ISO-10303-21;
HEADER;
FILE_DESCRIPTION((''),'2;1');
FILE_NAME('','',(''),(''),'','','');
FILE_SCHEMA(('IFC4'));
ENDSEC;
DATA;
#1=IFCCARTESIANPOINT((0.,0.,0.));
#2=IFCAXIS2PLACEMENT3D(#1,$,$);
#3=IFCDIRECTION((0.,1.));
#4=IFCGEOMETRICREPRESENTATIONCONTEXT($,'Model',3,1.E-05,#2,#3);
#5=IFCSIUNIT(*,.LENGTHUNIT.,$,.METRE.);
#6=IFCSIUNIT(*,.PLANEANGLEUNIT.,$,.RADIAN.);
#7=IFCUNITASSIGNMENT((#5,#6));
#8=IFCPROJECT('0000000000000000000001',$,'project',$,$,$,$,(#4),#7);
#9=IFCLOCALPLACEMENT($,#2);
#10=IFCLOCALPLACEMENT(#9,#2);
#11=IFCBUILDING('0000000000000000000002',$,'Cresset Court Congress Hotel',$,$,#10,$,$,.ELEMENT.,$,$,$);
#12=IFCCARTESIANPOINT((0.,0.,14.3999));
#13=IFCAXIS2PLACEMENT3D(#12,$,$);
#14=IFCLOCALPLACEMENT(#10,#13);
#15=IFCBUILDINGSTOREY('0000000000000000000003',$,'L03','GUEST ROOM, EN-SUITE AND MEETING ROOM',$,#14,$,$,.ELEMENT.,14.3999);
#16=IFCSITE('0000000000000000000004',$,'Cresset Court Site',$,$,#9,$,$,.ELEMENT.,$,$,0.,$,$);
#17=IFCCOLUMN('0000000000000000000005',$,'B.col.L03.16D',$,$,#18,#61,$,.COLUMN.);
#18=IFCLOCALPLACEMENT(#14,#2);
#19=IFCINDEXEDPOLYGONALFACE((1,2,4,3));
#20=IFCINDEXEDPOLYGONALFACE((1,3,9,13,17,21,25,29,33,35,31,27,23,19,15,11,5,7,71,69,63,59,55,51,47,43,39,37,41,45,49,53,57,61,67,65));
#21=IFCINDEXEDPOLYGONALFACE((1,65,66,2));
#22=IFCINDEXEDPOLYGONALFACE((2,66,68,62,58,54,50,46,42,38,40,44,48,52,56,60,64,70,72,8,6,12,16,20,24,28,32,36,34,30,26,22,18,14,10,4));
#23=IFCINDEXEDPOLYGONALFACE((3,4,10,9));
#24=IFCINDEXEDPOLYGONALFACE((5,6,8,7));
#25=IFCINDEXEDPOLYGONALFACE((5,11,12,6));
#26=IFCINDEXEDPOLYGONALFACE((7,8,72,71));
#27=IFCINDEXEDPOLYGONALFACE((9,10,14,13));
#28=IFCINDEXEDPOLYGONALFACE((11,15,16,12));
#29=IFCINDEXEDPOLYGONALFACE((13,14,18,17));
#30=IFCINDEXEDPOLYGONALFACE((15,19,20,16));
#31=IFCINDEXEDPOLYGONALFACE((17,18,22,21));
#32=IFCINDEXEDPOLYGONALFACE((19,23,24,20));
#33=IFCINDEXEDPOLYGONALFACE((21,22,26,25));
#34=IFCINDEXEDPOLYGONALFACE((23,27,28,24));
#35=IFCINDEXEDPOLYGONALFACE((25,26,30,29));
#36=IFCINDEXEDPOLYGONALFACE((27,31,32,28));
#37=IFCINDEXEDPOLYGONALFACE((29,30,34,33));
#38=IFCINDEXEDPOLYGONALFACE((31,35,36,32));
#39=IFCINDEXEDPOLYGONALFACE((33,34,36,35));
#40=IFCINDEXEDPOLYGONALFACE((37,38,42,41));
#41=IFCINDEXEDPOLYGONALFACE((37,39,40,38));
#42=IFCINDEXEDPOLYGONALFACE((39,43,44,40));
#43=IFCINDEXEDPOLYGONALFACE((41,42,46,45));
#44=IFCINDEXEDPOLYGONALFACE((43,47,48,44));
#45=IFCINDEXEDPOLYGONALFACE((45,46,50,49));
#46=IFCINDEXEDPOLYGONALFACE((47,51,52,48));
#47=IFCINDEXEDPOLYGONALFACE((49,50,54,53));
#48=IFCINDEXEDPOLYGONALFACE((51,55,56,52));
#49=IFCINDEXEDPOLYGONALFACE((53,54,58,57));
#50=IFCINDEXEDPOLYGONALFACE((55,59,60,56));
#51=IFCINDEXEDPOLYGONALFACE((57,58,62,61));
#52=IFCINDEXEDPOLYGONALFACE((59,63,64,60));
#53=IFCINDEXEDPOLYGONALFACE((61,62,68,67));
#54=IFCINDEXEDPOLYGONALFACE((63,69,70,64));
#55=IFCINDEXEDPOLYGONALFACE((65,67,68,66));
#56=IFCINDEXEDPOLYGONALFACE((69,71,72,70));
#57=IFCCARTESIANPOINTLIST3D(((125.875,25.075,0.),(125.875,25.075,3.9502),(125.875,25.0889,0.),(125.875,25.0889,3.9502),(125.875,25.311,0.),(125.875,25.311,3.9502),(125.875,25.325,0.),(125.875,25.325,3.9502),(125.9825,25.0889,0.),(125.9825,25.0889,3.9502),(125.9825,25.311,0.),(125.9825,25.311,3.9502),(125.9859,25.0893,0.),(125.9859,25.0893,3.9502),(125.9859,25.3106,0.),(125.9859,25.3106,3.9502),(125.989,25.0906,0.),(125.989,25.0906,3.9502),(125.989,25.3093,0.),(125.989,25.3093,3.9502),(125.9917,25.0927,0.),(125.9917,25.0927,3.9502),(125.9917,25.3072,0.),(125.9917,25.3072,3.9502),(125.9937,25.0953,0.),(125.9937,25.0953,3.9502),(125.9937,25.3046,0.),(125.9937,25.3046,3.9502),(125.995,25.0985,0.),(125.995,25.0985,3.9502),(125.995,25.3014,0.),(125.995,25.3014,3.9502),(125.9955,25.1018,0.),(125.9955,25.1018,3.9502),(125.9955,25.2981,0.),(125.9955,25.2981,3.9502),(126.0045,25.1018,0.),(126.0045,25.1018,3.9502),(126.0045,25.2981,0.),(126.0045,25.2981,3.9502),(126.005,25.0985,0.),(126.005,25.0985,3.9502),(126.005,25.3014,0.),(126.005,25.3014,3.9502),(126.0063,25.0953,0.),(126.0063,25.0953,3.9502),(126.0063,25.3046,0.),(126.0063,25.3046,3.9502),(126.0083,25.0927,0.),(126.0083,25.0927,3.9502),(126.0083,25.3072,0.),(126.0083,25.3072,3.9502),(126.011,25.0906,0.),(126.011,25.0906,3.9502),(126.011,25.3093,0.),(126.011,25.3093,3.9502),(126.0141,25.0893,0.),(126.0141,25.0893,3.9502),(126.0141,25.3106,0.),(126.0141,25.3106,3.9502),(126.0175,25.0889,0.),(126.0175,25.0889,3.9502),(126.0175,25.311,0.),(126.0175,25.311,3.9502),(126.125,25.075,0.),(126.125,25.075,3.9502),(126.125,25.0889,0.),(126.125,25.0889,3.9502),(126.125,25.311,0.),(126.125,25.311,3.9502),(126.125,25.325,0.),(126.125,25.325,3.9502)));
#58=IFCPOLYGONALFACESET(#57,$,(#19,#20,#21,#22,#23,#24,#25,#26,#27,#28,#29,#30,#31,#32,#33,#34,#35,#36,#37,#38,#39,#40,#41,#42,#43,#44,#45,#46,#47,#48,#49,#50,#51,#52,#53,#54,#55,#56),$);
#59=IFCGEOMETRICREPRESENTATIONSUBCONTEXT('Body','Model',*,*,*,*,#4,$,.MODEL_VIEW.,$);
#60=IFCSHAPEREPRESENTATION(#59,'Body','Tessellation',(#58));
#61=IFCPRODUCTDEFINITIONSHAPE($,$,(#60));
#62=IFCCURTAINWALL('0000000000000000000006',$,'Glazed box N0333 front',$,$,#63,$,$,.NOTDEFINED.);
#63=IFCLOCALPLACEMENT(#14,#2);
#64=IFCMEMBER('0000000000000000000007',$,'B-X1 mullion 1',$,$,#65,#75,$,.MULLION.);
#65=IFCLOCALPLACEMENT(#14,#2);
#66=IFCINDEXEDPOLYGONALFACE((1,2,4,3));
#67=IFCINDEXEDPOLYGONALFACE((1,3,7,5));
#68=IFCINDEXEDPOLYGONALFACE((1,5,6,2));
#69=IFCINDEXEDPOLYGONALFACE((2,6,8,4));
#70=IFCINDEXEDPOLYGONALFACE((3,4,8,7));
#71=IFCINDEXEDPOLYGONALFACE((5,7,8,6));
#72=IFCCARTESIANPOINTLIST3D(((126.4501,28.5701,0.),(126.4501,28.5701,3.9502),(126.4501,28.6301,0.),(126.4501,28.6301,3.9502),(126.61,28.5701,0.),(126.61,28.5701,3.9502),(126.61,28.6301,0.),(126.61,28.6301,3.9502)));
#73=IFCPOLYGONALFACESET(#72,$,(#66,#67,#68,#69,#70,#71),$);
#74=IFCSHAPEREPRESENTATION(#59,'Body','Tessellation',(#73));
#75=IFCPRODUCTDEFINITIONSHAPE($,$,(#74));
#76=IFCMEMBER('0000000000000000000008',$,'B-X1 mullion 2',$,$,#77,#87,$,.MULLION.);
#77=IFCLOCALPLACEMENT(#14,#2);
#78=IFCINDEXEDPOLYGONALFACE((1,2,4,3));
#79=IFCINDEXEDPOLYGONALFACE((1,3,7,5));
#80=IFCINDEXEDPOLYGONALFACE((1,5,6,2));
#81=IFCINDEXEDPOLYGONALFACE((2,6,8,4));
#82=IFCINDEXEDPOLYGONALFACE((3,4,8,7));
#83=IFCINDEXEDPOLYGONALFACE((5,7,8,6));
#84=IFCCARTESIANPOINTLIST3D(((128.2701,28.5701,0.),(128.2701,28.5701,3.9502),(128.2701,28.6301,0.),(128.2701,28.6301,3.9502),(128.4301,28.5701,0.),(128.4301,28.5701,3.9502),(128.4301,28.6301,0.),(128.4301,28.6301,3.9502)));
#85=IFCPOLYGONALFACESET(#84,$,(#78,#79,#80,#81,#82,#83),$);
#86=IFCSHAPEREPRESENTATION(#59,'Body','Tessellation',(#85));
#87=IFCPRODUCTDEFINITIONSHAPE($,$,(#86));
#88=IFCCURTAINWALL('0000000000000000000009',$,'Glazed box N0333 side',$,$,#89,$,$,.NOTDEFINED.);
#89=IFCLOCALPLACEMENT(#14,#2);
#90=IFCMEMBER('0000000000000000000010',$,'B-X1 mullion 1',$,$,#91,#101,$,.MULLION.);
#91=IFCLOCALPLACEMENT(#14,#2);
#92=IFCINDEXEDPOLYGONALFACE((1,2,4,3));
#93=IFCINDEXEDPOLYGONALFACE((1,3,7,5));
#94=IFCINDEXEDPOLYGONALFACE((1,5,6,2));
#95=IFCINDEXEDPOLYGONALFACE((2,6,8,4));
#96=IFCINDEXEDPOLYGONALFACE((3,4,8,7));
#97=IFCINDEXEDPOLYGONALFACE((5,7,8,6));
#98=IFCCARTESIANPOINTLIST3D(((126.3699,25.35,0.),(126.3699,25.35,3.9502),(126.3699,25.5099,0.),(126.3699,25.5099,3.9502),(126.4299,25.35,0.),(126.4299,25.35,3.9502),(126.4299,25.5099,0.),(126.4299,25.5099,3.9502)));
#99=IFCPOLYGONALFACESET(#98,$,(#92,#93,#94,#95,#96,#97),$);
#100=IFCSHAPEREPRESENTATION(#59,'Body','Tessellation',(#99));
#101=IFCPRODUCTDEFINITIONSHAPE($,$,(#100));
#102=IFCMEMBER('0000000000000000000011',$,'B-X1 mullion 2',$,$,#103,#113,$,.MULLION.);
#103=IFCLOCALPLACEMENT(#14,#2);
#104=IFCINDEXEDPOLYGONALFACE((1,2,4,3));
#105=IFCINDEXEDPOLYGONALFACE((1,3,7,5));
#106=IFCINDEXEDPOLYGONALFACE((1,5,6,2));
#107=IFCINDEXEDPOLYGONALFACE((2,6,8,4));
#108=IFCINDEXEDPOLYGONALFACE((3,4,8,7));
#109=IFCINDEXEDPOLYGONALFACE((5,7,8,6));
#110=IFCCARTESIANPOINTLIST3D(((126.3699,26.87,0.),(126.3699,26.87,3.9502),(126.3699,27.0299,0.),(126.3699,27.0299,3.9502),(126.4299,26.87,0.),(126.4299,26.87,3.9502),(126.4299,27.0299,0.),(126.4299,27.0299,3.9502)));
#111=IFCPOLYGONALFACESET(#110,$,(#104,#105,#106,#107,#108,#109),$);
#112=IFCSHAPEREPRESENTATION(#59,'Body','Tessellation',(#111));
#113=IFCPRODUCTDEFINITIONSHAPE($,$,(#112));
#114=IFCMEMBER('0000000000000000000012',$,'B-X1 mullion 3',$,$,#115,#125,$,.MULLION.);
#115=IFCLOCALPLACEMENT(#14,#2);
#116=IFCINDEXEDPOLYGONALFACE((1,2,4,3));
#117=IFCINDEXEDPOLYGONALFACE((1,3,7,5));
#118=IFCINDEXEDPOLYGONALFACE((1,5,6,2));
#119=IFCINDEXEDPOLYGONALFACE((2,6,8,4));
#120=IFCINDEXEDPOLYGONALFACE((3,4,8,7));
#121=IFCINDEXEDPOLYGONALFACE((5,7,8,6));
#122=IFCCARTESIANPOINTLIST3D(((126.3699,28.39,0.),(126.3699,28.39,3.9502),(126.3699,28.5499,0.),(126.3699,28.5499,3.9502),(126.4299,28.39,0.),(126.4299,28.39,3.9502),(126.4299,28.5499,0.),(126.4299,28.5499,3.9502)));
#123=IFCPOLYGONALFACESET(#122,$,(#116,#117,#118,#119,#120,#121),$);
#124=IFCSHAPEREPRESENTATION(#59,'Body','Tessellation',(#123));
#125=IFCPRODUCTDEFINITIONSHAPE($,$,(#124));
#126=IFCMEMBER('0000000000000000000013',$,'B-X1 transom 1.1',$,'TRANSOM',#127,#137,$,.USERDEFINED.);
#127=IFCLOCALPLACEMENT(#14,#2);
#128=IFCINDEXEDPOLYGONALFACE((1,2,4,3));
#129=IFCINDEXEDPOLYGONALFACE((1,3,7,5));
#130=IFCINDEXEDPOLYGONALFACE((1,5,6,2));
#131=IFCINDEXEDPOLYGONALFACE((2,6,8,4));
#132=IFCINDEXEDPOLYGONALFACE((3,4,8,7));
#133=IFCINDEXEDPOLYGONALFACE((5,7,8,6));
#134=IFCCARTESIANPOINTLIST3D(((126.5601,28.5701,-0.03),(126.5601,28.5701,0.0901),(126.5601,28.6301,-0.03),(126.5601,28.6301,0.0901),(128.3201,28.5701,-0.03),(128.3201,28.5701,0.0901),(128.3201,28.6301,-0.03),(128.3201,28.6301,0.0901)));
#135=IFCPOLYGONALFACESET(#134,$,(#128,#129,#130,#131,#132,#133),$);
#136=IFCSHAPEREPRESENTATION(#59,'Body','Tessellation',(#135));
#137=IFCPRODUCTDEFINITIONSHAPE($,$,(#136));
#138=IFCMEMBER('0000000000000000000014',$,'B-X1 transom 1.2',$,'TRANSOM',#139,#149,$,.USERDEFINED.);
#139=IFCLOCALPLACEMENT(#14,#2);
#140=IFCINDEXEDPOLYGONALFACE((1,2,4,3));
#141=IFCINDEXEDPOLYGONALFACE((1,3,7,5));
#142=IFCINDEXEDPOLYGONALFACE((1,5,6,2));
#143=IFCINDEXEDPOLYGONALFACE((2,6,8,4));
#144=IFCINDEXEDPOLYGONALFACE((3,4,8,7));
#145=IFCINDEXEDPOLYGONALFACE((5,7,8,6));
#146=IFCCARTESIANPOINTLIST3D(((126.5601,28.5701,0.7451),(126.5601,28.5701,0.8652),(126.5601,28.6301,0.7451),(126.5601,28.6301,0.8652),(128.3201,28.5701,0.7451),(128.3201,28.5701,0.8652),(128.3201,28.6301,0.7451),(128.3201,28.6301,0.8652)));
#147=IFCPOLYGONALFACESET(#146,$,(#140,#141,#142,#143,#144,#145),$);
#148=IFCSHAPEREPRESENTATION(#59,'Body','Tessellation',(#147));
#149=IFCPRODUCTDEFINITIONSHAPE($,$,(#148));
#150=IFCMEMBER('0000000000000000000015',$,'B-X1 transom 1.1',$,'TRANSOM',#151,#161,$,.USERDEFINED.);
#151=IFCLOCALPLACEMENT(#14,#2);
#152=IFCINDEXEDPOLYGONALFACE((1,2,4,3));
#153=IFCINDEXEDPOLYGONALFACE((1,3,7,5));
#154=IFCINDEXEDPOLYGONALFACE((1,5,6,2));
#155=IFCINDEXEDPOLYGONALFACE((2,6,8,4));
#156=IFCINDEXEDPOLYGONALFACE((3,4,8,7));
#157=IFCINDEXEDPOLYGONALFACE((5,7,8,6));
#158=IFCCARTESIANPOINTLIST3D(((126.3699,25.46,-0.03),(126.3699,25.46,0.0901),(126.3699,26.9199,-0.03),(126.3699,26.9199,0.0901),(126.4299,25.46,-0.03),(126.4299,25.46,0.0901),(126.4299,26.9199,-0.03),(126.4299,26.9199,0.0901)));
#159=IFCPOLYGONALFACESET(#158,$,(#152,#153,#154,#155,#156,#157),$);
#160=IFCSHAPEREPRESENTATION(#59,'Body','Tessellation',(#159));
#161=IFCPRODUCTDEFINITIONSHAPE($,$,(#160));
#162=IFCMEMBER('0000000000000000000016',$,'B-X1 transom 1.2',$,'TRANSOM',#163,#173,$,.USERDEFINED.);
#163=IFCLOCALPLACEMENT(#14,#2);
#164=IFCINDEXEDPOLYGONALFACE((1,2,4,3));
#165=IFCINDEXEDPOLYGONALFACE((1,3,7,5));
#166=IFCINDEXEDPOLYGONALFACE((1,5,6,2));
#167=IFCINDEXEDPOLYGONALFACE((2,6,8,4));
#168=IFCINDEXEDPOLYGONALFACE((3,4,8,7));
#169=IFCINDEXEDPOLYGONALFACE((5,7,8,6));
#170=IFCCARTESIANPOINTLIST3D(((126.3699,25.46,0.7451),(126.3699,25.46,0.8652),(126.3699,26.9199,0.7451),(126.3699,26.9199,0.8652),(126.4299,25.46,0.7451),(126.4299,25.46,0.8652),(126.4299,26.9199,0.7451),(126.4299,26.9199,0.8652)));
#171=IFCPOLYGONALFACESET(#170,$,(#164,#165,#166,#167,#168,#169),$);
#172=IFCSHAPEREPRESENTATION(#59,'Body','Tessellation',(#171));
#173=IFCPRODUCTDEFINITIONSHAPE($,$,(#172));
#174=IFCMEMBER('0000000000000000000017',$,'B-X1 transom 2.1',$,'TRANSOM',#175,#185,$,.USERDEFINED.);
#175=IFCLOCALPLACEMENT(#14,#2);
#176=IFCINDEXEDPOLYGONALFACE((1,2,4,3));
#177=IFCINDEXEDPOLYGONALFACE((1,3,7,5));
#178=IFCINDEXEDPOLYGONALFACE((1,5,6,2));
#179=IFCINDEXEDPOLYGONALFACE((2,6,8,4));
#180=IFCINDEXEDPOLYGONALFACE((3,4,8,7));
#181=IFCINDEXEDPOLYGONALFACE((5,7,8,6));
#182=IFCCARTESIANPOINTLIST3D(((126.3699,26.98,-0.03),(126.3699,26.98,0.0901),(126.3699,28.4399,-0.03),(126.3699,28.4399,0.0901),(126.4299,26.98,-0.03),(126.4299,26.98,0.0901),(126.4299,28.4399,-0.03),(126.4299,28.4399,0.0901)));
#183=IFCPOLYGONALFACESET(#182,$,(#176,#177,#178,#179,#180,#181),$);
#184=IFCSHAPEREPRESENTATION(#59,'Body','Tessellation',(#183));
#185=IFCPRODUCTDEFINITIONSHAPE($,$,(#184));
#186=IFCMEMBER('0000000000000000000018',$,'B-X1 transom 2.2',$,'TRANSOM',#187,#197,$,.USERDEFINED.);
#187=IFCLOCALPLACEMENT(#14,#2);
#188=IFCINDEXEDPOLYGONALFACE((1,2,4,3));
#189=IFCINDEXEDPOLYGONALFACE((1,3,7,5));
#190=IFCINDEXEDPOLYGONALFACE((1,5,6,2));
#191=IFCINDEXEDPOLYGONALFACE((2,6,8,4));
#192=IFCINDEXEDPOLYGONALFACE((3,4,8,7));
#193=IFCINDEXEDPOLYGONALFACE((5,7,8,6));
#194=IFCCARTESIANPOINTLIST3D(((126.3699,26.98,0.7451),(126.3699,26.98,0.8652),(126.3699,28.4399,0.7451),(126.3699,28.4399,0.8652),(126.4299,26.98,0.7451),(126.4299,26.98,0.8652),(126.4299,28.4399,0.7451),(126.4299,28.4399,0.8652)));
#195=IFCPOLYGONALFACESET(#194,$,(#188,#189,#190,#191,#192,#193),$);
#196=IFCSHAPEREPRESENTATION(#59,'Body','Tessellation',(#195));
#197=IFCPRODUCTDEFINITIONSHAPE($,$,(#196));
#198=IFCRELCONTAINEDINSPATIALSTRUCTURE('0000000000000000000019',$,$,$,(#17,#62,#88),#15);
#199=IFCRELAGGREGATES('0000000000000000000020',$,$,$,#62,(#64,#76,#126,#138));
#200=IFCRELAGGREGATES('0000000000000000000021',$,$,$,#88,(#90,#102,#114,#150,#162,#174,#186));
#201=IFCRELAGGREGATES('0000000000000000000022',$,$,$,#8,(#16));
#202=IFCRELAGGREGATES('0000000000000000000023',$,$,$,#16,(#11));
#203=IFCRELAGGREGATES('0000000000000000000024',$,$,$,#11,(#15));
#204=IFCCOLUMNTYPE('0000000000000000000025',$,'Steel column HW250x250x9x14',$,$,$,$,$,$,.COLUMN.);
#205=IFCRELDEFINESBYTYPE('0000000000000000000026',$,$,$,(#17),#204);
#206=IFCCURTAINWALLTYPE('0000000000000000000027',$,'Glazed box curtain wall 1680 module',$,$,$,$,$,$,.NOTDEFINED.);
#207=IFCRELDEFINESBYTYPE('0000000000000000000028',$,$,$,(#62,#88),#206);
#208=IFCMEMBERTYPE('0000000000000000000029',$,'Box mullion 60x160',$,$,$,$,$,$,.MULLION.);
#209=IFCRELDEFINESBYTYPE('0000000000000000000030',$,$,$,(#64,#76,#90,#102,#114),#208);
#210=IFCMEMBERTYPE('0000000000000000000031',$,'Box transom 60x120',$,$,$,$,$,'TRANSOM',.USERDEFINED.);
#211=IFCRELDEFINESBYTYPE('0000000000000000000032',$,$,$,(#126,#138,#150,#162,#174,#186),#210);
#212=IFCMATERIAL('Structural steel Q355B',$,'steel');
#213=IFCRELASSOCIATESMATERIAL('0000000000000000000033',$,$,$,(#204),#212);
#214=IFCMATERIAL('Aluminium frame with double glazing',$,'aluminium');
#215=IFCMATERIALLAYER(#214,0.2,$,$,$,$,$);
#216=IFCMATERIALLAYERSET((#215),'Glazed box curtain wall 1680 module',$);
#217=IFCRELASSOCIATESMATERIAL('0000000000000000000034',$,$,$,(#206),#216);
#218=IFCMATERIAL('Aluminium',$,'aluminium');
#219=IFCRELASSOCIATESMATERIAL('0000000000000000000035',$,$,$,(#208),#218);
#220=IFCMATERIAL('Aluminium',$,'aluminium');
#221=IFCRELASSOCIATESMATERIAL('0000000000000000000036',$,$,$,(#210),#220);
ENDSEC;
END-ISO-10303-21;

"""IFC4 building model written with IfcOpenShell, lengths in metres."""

from ifc_helpers import new_model, si_unit, direction, frame, origin, origin_2d, place, context, subcontext, project, spatial, rectangle, i_section, extrude, material, layer, layer_set, material_profile, profile_set, type_object, element, aggregate, save


model = new_model("IFC4")

# Units and contexts
model_context = context("Model", 3, precision=1e-05, world=origin(), true_north=direction((0.0, 1.0)))
body_context = subcontext(model_context, "Body", "Model", "MODEL_VIEW")
ifc_project = project(units=[si_unit("LENGTHUNIT", "METRE"), si_unit("PLANEANGLEUNIT", "RADIAN")], contexts=[model_context])

# Site, building, storey
site_placement = place(None, origin())
site = spatial("IfcSite", under=ifc_project, at=site_placement, Name="Cresset Court Site", CompositionType="ELEMENT", RefElevation=0.0)
building_placement = place(site_placement, origin())
building = spatial("IfcBuilding", under=site, at=building_placement, Name="Cresset Court Congress Hotel", CompositionType="ELEMENT")
storey_placement = place(building_placement, frame((0.0, 0.0, 14.3999)))
storey = spatial("IfcBuildingStorey", under=building, at=storey_placement, Name="L03", Description="GUEST ROOM, EN-SUITE AND MEETING ROOM", CompositionType="ELEMENT", Elevation=14.3999)

# Column
ifc_material_1 = material(Name="Structural steel Q355B", Category="steel")
ifc_material_profile_1 = material_profile(ifc_material_1, i_section(OverallWidth=0.25, OverallDepth=0.25, WebThickness=0.009, FlangeThickness=0.0139, FilletRadius=0.0129, at=origin_2d()), Name="HW250x250x9x14")
ifc_profile_set_1 = profile_set([ifc_material_profile_1], Name="Structural steel Q355B")
column_type = type_object("IfcColumnType", Name="Steel column HW250x250x9x14", PredefinedType="COLUMN", material=ifc_profile_set_1)
column_placement = place(storey_placement, frame((126.0, 25.2, 0.0), z_axis=(0.0, 0.0, 1.0), x_axis=(1.0, 0.0, 0.0)))
element("IfcColumn", 1, at=column_placement, inside=storey, type_object=column_type, Name="B.col.L03.16D", PredefinedType="COLUMN", context=body_context, shape_type="SweptSolid", body=[
    extrude(i_section(OverallWidth=0.25, OverallDepth=0.25, WebThickness=0.009, FlangeThickness=0.0139, FilletRadius=0.0129, at=origin_2d()), origin(), (0.0, 0.0, 1.0), 3.9502),
])

# Curtain walls, members
ifc_material_2 = material(Name="Aluminium frame with double glazing", Category="aluminium")
ifc_layer_1 = layer(ifc_material_2, 0.2)
ifc_layer_set_1 = layer_set([ifc_layer_1], Name="Glazed box curtain wall 1680 module")
curtain_wall_type = type_object("IfcCurtainWallType", Name="Glazed box curtain wall 1680 module", PredefinedType="NOTDEFINED", material=ifc_layer_set_1)
curtain_wall_1_placement = place(storey_placement, origin())
curtain_wall_1 = element("IfcCurtainWall", 2, at=curtain_wall_1_placement, inside=storey, type_object=curtain_wall_type, Name="Glazed box N0333 front", PredefinedType="NOTDEFINED")
ifc_material_3 = material(Name="Aluminium", Category="aluminium")
ifc_material_profile_2 = material_profile(ifc_material_3, rectangle(XDim=0.0601, YDim=0.1599, at=origin_2d()), Name="Box mullion 60x160")
ifc_profile_set_2 = profile_set([ifc_material_profile_2], Name="Aluminium")
member_type_1 = type_object("IfcMemberType", Name="Box mullion 60x160", PredefinedType="MULLION", material=ifc_profile_set_2)
member_1_placement = place(storey_placement, frame((126.53, 28.6001, 0.0), z_axis=(0.0, 0.0, 1.0), x_axis=(0.0, 1.0, 0.0)))
member_1 = element("IfcMember", 3, at=member_1_placement, type_object=member_type_1, Name="B-X1 mullion 1", PredefinedType="MULLION", context=body_context, shape_type="SweptSolid", body=[
    extrude(rectangle(XDim=0.0601, YDim=0.1599, at=origin_2d()), origin(), (0.0, 0.0, 1.0), 3.9502),
])
member_2_placement = place(storey_placement, frame((128.3501, 28.6001, 0.0), z_axis=(0.0, 0.0, 1.0), x_axis=(0.0, 1.0, 0.0)))
member_2 = element("IfcMember", 4, at=member_2_placement, type_object=member_type_1, Name="B-X1 mullion 2", PredefinedType="MULLION", context=body_context, shape_type="SweptSolid", body=[
    extrude(rectangle(XDim=0.0601, YDim=0.1599, at=origin_2d()), origin(), (0.0, 0.0, 1.0), 3.9502),
])
curtain_wall_2_placement = place(storey_placement, origin())
curtain_wall_2 = element("IfcCurtainWall", 5, at=curtain_wall_2_placement, inside=storey, type_object=curtain_wall_type, Name="Glazed box N0333 side", PredefinedType="NOTDEFINED")
member_3_placement = place(storey_placement, frame((126.3999, 25.4299, 0.0), z_axis=(0.0, 0.0, 1.0), x_axis=(-1.0, 0.0, 0.0)))
member_3 = element("IfcMember", 6, at=member_3_placement, type_object=member_type_1, Name="B-X1 mullion 1", PredefinedType="MULLION", context=body_context, shape_type="SweptSolid", body=[
    extrude(rectangle(XDim=0.0601, YDim=0.1599, at=origin_2d()), origin(), (0.0, 0.0, 1.0), 3.9502),
])
member_4_placement = place(storey_placement, frame((126.3999, 26.95, 0.0), z_axis=(0.0, 0.0, 1.0), x_axis=(-1.0, 0.0, 0.0)))
member_4 = element("IfcMember", 7, at=member_4_placement, type_object=member_type_1, Name="B-X1 mullion 2", PredefinedType="MULLION", context=body_context, shape_type="SweptSolid", body=[
    extrude(rectangle(XDim=0.0601, YDim=0.1599, at=origin_2d()), origin(), (0.0, 0.0, 1.0), 3.9502),
])
member_5_placement = place(storey_placement, frame((126.3999, 28.47, 0.0), z_axis=(0.0, 0.0, 1.0), x_axis=(-1.0, 0.0, 0.0)))
member_5 = element("IfcMember", 8, at=member_5_placement, type_object=member_type_1, Name="B-X1 mullion 3", PredefinedType="MULLION", context=body_context, shape_type="SweptSolid", body=[
    extrude(rectangle(XDim=0.0601, YDim=0.1599, at=origin_2d()), origin(), (0.0, 0.0, 1.0), 3.9502),
])

# Members
ifc_material_4 = material(Name="Aluminium", Category="aluminium")
ifc_material_profile_3 = material_profile(ifc_material_4, rectangle(XDim=0.0601, YDim=0.1201, at=origin_2d()), Name="Box transom 60x120")
ifc_profile_set_3 = profile_set([ifc_material_profile_3], Name="Aluminium")
member_type_2 = type_object("IfcMemberType", Name="Box transom 60x120", ElementType="TRANSOM", PredefinedType="USERDEFINED", material=ifc_profile_set_3)
member_6_placement = place(storey_placement, frame((126.5601, 28.6001, 0.03), z_axis=(1.0, 0.0, 0.0), x_axis=(0.0, 1.0, 0.0)))
member_6 = element("IfcMember", 9, at=member_6_placement, type_object=member_type_2, Name="B-X1 transom 1.1", ObjectType="TRANSOM", PredefinedType="USERDEFINED", context=body_context, shape_type="SweptSolid", body=[
    extrude(rectangle(XDim=0.0601, YDim=0.1201, at=origin_2d()), origin(), (0.0, 0.0, 1.0), 1.76),
])
member_7_placement = place(storey_placement, frame((126.5601, 28.6001, 0.8052), z_axis=(1.0, 0.0, 0.0), x_axis=(0.0, 1.0, 0.0)))
member_7 = element("IfcMember", 10, at=member_7_placement, type_object=member_type_2, Name="B-X1 transom 1.2", ObjectType="TRANSOM", PredefinedType="USERDEFINED", context=body_context, shape_type="SweptSolid", body=[
    extrude(rectangle(XDim=0.0601, YDim=0.1201, at=origin_2d()), origin(), (0.0, 0.0, 1.0), 1.76),
])
member_8_placement = place(storey_placement, frame((126.3999, 25.46, 0.03), z_axis=(0.0, 1.0, 0.0), x_axis=(-1.0, 0.0, 0.0)))
member_8 = element("IfcMember", 11, at=member_8_placement, type_object=member_type_2, Name="B-X1 transom 1.1", ObjectType="TRANSOM", PredefinedType="USERDEFINED", context=body_context, shape_type="SweptSolid", body=[
    extrude(rectangle(XDim=0.0601, YDim=0.1201, at=origin_2d()), origin(), (0.0, 0.0, 1.0), 1.46),
])
member_9_placement = place(storey_placement, frame((126.3999, 25.46, 0.8052), z_axis=(0.0, 1.0, 0.0), x_axis=(-1.0, 0.0, 0.0)))
member_9 = element("IfcMember", 12, at=member_9_placement, type_object=member_type_2, Name="B-X1 transom 1.2", ObjectType="TRANSOM", PredefinedType="USERDEFINED", context=body_context, shape_type="SweptSolid", body=[
    extrude(rectangle(XDim=0.0601, YDim=0.1201, at=origin_2d()), origin(), (0.0, 0.0, 1.0), 1.46),
])
member_10_placement = place(storey_placement, frame((126.3999, 26.98, 0.03), z_axis=(0.0, 1.0, 0.0), x_axis=(-1.0, 0.0, 0.0)))
member_10 = element("IfcMember", 13, at=member_10_placement, type_object=member_type_2, Name="B-X1 transom 2.1", ObjectType="TRANSOM", PredefinedType="USERDEFINED", context=body_context, shape_type="SweptSolid", body=[
    extrude(rectangle(XDim=0.0601, YDim=0.1201, at=origin_2d()), origin(), (0.0, 0.0, 1.0), 1.46),
])
member_11_placement = place(storey_placement, frame((126.3999, 26.98, 0.8052), z_axis=(0.0, 1.0, 0.0), x_axis=(-1.0, 0.0, 0.0)))
member_11 = element("IfcMember", 14, at=member_11_placement, type_object=member_type_2, Name="B-X1 transom 2.2", ObjectType="TRANSOM", PredefinedType="USERDEFINED", context=body_context, shape_type="SweptSolid", body=[
    extrude(rectangle(XDim=0.0601, YDim=0.1201, at=origin_2d()), origin(), (0.0, 0.0, 1.0), 1.46),
])

aggregate(curtain_wall_1, [member_1, member_2, member_6, member_7])
aggregate(curtain_wall_2, [member_3, member_4, member_5, member_8, member_9, member_10, member_11])

save(model, "model.ifc")
